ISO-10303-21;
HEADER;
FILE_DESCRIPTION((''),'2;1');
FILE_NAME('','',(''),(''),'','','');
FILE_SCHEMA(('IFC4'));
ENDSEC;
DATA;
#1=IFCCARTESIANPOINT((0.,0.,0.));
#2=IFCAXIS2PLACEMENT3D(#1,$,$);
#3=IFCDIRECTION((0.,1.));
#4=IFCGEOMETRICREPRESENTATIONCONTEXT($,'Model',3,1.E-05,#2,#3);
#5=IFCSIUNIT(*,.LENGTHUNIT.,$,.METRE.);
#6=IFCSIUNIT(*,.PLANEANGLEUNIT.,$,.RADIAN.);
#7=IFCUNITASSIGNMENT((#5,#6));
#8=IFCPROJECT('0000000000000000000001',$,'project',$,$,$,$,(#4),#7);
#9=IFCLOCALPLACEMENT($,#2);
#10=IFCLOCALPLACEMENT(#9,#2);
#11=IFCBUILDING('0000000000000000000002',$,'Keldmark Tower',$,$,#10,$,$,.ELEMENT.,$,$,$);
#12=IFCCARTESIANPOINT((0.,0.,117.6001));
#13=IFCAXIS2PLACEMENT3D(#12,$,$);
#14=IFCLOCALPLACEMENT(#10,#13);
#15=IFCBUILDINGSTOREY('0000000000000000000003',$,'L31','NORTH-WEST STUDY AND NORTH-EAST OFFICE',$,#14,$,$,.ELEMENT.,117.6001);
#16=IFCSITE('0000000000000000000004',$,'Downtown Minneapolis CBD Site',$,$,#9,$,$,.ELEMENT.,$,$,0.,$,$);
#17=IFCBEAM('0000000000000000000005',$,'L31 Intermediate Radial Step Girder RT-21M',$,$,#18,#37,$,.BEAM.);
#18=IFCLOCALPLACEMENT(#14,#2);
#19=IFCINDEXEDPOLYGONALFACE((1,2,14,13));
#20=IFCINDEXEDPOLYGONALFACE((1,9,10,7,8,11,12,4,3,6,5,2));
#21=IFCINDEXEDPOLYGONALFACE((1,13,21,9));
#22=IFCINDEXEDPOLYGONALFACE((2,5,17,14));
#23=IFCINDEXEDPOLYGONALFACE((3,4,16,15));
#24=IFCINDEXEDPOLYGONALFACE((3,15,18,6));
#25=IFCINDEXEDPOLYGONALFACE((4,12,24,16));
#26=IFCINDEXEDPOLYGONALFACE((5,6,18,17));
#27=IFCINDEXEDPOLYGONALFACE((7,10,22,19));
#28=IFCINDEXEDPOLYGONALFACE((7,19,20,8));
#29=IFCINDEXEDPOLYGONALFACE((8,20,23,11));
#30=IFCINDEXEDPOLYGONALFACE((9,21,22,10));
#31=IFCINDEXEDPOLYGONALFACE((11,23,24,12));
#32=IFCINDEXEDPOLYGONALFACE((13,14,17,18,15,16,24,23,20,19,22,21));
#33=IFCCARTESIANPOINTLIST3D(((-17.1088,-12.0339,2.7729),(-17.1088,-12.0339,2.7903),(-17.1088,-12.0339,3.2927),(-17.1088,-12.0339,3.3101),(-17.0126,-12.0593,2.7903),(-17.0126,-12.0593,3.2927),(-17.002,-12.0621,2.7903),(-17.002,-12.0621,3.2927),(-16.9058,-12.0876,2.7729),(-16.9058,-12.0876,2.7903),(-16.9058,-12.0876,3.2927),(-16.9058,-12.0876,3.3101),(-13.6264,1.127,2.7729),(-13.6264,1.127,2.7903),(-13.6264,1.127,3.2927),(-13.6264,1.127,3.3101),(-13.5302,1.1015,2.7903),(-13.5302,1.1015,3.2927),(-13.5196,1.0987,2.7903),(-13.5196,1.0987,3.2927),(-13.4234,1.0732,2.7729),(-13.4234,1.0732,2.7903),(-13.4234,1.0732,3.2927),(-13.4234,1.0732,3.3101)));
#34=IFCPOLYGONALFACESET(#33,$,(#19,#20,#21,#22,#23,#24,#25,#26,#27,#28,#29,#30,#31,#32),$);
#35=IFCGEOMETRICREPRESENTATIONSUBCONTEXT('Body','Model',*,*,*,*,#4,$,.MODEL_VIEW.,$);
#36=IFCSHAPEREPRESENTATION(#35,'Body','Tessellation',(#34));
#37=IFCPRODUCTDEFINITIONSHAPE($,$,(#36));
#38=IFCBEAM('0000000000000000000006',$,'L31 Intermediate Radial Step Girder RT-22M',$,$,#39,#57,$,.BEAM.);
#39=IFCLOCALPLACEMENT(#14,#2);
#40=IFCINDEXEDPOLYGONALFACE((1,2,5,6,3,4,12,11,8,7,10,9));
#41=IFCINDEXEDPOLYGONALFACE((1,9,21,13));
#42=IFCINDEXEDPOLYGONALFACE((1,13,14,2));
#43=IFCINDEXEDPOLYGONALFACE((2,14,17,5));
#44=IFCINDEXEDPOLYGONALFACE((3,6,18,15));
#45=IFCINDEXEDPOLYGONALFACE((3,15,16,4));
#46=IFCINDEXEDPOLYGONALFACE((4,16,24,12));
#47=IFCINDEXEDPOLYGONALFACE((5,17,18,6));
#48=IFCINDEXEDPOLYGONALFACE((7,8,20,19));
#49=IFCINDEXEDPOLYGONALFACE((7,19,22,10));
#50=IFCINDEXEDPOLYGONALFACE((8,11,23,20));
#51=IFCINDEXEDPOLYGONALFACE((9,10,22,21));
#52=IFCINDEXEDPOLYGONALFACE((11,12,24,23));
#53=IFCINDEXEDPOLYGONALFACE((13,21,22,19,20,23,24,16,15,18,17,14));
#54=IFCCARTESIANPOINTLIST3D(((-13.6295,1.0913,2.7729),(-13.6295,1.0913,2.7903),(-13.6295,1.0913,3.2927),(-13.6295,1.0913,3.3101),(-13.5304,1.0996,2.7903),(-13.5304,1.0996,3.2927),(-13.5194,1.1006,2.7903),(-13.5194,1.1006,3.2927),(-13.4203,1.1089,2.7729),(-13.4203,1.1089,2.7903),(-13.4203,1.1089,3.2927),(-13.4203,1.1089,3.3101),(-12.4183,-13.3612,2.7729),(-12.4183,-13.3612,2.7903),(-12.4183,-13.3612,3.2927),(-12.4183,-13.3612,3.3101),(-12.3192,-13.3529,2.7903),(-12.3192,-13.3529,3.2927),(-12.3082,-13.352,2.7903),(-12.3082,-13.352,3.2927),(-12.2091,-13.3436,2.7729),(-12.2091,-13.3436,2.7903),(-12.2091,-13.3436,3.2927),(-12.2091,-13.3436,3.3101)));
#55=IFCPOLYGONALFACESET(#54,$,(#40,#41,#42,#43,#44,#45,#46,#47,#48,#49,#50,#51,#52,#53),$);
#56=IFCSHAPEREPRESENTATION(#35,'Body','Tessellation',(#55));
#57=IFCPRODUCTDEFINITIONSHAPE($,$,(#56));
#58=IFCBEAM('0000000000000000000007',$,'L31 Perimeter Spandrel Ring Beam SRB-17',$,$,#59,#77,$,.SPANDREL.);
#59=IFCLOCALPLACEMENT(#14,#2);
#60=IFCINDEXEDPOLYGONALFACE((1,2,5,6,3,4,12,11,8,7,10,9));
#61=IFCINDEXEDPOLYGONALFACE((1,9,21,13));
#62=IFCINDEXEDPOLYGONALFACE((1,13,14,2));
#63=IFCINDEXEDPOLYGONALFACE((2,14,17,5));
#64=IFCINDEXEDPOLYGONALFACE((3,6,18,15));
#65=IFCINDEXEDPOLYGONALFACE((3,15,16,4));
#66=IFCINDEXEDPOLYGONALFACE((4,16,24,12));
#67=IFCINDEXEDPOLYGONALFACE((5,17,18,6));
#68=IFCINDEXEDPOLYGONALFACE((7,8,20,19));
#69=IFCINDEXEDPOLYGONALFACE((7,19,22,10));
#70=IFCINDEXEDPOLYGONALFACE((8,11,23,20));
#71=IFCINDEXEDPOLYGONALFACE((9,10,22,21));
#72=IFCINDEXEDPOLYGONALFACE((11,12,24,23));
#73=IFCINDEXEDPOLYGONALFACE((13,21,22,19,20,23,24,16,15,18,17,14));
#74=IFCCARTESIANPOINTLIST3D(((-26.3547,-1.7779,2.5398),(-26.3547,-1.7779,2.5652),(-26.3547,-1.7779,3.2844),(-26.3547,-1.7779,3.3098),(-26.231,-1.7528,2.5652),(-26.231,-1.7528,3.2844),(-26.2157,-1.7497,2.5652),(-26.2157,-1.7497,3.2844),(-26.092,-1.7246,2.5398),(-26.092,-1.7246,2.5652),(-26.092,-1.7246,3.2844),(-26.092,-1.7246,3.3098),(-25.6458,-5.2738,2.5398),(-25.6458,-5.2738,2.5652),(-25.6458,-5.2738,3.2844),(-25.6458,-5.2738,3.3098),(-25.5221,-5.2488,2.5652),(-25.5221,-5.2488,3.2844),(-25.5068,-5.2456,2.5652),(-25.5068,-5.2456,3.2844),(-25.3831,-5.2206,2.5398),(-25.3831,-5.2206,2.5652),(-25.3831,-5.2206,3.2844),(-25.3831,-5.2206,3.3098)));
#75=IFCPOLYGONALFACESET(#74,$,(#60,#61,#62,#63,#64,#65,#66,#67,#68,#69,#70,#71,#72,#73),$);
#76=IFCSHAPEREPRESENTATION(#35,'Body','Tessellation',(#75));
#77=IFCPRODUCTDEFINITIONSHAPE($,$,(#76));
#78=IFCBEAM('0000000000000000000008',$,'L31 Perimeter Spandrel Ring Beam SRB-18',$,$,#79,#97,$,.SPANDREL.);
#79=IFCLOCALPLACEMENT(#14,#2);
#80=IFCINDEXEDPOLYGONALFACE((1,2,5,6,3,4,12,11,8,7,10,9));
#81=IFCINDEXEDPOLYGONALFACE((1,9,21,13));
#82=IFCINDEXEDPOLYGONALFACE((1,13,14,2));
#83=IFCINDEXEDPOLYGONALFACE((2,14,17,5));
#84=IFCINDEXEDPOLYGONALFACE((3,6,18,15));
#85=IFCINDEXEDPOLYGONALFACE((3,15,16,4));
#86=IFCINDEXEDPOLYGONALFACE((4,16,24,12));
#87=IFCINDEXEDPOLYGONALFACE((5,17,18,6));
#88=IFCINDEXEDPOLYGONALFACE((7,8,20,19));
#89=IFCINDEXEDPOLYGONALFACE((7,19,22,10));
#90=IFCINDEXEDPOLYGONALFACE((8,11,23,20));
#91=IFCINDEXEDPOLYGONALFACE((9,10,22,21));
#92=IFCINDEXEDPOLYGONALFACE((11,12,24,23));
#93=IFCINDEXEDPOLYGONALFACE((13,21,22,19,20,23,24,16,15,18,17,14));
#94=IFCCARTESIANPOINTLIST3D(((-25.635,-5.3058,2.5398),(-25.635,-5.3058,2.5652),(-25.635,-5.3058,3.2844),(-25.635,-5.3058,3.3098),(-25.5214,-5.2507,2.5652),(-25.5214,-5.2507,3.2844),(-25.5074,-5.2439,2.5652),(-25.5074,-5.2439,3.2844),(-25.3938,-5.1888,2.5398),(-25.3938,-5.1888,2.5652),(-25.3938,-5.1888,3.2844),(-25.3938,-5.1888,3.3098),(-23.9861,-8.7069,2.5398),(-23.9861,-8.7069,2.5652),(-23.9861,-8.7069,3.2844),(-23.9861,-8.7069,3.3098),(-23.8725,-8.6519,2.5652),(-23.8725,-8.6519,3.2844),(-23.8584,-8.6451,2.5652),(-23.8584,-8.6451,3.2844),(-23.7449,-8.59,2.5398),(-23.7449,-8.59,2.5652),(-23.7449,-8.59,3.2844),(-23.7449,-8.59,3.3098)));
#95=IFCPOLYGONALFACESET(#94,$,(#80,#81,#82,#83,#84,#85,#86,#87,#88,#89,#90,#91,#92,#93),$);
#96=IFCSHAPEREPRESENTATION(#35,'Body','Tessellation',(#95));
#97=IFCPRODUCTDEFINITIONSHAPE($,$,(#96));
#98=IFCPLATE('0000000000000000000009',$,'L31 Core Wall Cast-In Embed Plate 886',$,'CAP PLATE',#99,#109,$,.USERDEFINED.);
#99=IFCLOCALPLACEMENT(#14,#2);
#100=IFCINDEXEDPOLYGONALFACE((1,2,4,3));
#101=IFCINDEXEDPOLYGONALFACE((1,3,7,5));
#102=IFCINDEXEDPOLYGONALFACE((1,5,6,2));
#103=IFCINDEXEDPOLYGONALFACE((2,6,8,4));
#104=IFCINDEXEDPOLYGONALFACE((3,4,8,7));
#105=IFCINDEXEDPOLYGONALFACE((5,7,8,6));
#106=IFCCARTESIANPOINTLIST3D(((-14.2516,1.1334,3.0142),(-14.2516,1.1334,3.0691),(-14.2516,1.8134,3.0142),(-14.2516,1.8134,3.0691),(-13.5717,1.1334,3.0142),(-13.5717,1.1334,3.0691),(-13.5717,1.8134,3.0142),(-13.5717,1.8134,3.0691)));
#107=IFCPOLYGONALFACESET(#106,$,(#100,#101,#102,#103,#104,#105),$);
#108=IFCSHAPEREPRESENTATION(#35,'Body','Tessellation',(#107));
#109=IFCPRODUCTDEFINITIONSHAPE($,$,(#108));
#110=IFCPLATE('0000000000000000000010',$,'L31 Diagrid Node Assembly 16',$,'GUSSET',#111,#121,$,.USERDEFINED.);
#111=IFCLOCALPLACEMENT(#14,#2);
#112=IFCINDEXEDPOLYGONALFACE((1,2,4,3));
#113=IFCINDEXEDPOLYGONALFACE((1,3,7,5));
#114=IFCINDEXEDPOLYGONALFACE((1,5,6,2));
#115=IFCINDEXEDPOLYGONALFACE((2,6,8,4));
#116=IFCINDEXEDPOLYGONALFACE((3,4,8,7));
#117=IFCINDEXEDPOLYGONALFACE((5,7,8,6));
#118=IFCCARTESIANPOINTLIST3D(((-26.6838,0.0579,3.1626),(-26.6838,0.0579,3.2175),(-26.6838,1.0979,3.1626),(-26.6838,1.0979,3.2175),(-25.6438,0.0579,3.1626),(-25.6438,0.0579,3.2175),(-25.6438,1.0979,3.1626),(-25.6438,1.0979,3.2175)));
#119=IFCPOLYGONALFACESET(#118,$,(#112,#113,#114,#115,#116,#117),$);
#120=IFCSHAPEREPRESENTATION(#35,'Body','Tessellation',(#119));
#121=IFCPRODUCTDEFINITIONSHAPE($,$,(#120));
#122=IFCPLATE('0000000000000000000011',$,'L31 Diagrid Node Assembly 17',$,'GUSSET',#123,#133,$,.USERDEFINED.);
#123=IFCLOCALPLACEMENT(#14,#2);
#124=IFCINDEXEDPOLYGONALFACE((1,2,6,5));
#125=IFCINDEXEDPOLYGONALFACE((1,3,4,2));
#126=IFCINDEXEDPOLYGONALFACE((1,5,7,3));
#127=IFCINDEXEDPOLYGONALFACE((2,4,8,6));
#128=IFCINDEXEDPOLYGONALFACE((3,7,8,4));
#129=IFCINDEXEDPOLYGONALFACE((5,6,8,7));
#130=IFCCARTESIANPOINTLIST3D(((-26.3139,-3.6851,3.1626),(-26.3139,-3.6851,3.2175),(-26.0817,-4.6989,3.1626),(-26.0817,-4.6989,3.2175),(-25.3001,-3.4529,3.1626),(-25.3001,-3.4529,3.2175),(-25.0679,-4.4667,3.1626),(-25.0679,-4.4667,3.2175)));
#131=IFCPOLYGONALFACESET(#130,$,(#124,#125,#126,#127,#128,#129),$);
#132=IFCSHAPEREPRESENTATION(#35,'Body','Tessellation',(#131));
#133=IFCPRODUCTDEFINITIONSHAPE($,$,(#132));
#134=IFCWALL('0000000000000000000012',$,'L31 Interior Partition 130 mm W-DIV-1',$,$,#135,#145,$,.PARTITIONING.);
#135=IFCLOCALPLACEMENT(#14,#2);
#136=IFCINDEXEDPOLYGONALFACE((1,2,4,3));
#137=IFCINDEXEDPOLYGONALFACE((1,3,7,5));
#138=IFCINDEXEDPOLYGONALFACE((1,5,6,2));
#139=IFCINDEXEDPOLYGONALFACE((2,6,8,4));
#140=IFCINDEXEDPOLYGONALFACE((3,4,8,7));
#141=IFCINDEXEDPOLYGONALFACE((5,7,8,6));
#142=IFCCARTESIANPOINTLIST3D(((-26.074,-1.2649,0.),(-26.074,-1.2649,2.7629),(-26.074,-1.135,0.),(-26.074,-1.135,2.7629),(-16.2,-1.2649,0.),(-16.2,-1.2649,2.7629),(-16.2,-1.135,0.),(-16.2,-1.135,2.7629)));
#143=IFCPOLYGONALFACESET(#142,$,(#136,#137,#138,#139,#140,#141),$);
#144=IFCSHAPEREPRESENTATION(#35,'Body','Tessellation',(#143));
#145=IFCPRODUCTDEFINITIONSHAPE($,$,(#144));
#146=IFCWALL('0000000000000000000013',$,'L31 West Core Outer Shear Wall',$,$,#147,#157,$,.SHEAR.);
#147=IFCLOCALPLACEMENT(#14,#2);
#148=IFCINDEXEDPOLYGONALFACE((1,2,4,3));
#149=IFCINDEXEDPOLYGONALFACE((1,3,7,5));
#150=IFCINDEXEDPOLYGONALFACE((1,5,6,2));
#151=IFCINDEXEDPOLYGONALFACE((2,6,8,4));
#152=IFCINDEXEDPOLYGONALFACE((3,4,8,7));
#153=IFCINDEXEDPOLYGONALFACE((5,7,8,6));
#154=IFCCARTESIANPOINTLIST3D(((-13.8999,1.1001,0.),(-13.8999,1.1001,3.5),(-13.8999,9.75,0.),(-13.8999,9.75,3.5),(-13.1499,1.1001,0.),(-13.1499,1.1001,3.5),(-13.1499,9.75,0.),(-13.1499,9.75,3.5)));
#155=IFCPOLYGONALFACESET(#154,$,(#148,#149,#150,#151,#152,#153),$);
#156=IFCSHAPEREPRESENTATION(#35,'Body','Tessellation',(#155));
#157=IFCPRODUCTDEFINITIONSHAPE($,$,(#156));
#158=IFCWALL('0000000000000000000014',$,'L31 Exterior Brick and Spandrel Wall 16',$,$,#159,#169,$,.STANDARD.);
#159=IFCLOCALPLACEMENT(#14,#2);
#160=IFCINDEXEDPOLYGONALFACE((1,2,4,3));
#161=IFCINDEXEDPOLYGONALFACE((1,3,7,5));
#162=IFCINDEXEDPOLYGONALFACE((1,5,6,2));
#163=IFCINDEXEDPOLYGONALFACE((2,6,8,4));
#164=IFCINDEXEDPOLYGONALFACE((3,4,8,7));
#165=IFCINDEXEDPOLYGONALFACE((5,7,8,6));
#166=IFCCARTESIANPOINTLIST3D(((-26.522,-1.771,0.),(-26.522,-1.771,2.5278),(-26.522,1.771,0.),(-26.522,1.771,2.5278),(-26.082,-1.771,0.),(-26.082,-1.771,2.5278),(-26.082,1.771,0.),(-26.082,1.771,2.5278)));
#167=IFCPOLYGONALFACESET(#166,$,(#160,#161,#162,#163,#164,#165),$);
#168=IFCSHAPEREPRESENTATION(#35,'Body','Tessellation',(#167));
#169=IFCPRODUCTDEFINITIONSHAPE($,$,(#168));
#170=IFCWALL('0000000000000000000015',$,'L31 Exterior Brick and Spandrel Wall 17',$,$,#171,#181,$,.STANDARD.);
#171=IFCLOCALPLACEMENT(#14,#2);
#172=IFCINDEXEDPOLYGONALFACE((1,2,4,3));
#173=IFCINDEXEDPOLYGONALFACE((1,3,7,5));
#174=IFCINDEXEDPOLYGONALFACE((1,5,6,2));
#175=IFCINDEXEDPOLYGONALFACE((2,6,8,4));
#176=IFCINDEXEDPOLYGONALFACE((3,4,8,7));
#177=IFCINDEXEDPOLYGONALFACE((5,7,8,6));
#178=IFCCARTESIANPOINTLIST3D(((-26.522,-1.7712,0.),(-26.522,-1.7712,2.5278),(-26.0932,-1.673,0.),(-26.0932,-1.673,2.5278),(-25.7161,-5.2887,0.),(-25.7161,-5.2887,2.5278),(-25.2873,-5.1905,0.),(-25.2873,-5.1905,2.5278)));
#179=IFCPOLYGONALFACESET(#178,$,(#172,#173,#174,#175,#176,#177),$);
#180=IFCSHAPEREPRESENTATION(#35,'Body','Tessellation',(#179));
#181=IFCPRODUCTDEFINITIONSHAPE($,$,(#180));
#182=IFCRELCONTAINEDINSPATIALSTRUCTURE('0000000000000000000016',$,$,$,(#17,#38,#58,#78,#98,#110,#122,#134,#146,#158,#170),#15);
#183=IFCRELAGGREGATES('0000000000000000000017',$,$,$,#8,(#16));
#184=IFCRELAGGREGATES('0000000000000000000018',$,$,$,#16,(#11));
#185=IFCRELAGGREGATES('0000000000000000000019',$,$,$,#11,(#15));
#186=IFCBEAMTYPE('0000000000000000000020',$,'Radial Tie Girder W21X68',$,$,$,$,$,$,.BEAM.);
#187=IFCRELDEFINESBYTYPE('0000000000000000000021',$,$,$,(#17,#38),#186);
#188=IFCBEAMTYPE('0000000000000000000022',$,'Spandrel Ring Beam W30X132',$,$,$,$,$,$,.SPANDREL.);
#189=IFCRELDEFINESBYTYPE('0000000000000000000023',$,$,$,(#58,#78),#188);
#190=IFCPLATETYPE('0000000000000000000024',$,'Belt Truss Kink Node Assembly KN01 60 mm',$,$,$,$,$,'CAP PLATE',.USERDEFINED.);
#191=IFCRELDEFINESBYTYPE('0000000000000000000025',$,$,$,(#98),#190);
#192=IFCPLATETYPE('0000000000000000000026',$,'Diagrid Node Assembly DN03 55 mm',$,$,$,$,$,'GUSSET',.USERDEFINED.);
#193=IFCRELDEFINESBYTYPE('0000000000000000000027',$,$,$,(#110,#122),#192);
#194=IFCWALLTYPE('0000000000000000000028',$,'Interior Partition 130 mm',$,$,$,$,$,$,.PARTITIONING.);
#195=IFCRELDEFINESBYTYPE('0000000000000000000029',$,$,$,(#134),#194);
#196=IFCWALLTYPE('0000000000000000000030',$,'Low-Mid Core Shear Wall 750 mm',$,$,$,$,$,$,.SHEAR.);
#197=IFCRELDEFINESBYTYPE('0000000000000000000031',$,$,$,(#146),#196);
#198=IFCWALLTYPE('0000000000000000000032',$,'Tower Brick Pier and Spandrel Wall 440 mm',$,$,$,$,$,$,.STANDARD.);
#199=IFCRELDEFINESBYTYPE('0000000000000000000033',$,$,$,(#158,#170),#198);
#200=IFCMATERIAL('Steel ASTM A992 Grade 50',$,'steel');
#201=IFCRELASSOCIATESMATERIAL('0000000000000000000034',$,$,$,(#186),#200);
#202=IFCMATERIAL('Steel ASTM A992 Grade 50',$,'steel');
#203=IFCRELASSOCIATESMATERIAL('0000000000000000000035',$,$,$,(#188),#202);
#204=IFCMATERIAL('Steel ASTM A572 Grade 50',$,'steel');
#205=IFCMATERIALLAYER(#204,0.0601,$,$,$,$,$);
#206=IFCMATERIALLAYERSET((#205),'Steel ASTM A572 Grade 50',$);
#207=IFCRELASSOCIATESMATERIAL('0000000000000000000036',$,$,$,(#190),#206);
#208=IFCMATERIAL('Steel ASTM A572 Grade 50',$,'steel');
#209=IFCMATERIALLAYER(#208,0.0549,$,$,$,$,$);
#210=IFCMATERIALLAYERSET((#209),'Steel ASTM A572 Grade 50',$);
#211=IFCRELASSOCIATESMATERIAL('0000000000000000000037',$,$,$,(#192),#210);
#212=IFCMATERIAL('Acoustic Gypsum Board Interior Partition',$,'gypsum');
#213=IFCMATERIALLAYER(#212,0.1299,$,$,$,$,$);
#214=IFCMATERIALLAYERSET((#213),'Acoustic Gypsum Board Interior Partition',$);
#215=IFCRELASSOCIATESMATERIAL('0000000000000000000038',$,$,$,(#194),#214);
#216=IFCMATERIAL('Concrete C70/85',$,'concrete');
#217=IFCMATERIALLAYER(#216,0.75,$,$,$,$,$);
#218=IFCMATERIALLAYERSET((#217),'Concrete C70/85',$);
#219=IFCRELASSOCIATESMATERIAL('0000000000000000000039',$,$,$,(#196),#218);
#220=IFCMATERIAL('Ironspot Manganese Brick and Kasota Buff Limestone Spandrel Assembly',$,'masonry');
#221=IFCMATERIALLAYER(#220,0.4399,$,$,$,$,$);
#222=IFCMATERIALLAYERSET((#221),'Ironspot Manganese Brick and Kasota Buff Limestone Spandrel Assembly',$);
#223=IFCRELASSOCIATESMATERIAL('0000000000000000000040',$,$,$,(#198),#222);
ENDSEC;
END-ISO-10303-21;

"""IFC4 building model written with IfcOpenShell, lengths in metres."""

from ifc_helpers import new_model, si_unit, direction, frame, frame_2d, origin, origin_2d, place, context, subcontext, project, spatial, rectangle, i_section, extrude, material, layer, layer_set, material_profile, profile_set, type_object, element, save


model = new_model("IFC4")

# Units and contexts
model_context = context("Model", 3, precision=1e-05, world=origin(), true_north=direction((0.0, 1.0)))
body_context = subcontext(model_context, "Body", "Model", "MODEL_VIEW")
ifc_project = project(units=[si_unit("LENGTHUNIT", "METRE"), si_unit("PLANEANGLEUNIT", "RADIAN")], contexts=[model_context])

# Site, building, storey
site_placement = place(None, origin())
site = spatial("IfcSite", under=ifc_project, at=site_placement, Name="Downtown Minneapolis CBD Site", CompositionType="ELEMENT", RefElevation=0.0)
building_placement = place(site_placement, origin())
building = spatial("IfcBuilding", under=site, at=building_placement, Name="Keldmark Tower", CompositionType="ELEMENT")
storey_placement = place(building_placement, frame((0.0, 0.0, 117.6001)))
storey = spatial("IfcBuildingStorey", under=building, at=storey_placement, Name="L31", Description="NORTH-WEST STUDY AND NORTH-EAST OFFICE", CompositionType="ELEMENT", Elevation=117.6001)

# Beams
ifc_material_1 = material(Name="Steel ASTM A992 Grade 50", Category="steel")
ifc_material_profile_1 = material_profile(ifc_material_1, i_section(OverallWidth=0.21, OverallDepth=0.5371, WebThickness=0.011, FlangeThickness=0.0173, at=origin_2d()), Name="W21X68")
ifc_profile_set_1 = profile_set([ifc_material_profile_1], Name="Steel ASTM A992 Grade 50")
beam_type_1 = type_object("IfcBeamType", Name="Radial Tie Girder W21X68", PredefinedType="BEAM", material=ifc_profile_set_1)
beam_1_placement = place(storey_placement, frame((-13.5249, 1.1001, 3.0415), z_axis=(-0.2558, -0.96673, 0.0), x_axis=(0.96673, -0.2558, 0.0)))
element("IfcBeam", 1, at=beam_1_placement, inside=storey, type_object=beam_type_1, Name="L31 Intermediate Radial Step Girder RT-21M", PredefinedType="BEAM", context=body_context, shape_type="SweptSolid", body=[
    extrude(i_section(OverallWidth=0.21, OverallDepth=0.5371, WebThickness=0.011, FlangeThickness=0.0173, at=origin_2d()), origin(), (0.0, 0.0, 1.0), 13.6138),
])
beam_2_placement = place(storey_placement, frame((-13.5249, 1.1001, 3.0415), z_axis=(0.083512, -0.996507, 0.0), x_axis=(0.996507, 0.083512, 0.0)))
element("IfcBeam", 2, at=beam_2_placement, inside=storey, type_object=beam_type_1, Name="L31 Intermediate Radial Step Girder RT-22M", PredefinedType="BEAM", context=body_context, shape_type="SweptSolid", body=[
    extrude(i_section(OverallWidth=0.21, OverallDepth=0.5371, WebThickness=0.011, FlangeThickness=0.0173, at=origin_2d()), origin(), (0.0, 0.0, 1.0), 14.5032),
])
ifc_material_2 = material(Name="Steel ASTM A992 Grade 50", Category="steel")
ifc_material_profile_2 = material_profile(ifc_material_2, i_section(OverallWidth=0.2681, OverallDepth=0.77, WebThickness=0.0156, FlangeThickness=0.0254, at=origin_2d()), Name="W30X132")
ifc_profile_set_2 = profile_set([ifc_material_profile_2], Name="Steel ASTM A992 Grade 50")
beam_type_2 = type_object("IfcBeamType", Name="Spandrel Ring Beam W30X132", PredefinedType="SPANDREL", material=ifc_profile_set_2)
beam_3_placement = place(storey_placement, frame((-26.2234, -1.7512, 2.9248), z_axis=(0.198748, -0.980051, 0.0), x_axis=(0.980051, 0.198748, 0.0)))
element("IfcBeam", 3, at=beam_3_placement, inside=storey, type_object=beam_type_2, Name="L31 Perimeter Spandrel Ring Beam SRB-17", PredefinedType="SPANDREL", context=body_context, shape_type="SweptSolid", body=[
    extrude(i_section(OverallWidth=0.2681, OverallDepth=0.77, WebThickness=0.0156, FlangeThickness=0.0254, at=origin_2d()), origin(), (0.0, 0.0, 1.0), 3.5671),
])
beam_4_placement = place(storey_placement, frame((-25.5144, -5.2473, 2.9248), z_axis=(0.436251, -0.899825, 0.0), x_axis=(0.899825, 0.436251, 0.0)))
element("IfcBeam", 4, at=beam_4_placement, inside=storey, type_object=beam_type_2, Name="L31 Perimeter Spandrel Ring Beam SRB-18", PredefinedType="SPANDREL", context=body_context, shape_type="SweptSolid", body=[
    extrude(i_section(OverallWidth=0.2681, OverallDepth=0.77, WebThickness=0.0156, FlangeThickness=0.0254, at=origin_2d()), origin(), (0.0, 0.0, 1.0), 3.7798),
])

# Plates
ifc_material_3 = material(Name="Steel ASTM A572 Grade 50", Category="steel")
ifc_layer_1 = layer(ifc_material_3, 0.0601)
ifc_layer_set_1 = layer_set([ifc_layer_1], Name="Steel ASTM A572 Grade 50")
plate_type_1 = type_object("IfcPlateType", Name="Belt Truss Kink Node Assembly KN01 60 mm", ElementType="CAP PLATE", PredefinedType="USERDEFINED", material=ifc_layer_set_1)
plate_placement = place(storey_placement, frame((-13.9116, 1.4734, 3.0142), z_axis=(0.0, 0.0, 1.0), x_axis=(1.0, 0.0, 0.0)))
element("IfcPlate", 5, at=plate_placement, inside=storey, type_object=plate_type_1, Name="L31 Core Wall Cast-In Embed Plate 886", ObjectType="CAP PLATE", PredefinedType="USERDEFINED", context=body_context, shape_type="SweptSolid", body=[
    extrude(rectangle(XDim=0.6799, YDim=0.6799, at=origin_2d()), origin(), (0.0, 0.0, 1.0), 0.0549),
])
ifc_material_4 = material(Name="Steel ASTM A572 Grade 50", Category="steel")
ifc_layer_2 = layer(ifc_material_4, 0.0549)
ifc_layer_set_2 = layer_set([ifc_layer_2], Name="Steel ASTM A572 Grade 50")
plate_type_2 = type_object("IfcPlateType", Name="Diagrid Node Assembly DN03 55 mm", ElementType="GUSSET", PredefinedType="USERDEFINED", material=ifc_layer_set_2)
for number, where, z_axis, x_axis, name in (
    (6, (-26.1638, 0.5779, 3.1626), (0.0, 0.0, 1.0), (0.0, -1.0, 0.0), "L31 Diagrid Node Assembly 16"),
    (7, (-25.6909, -4.0759, 3.1626), (0.0, 0.0, 1.0), (0.22325, -0.974761, 0.0), "L31 Diagrid Node Assembly 17"),
):
    element("IfcPlate", number, at=place(storey_placement, frame(where, z_axis=z_axis, x_axis=x_axis)), inside=storey, type_object=plate_type_2, Name=name, ObjectType="GUSSET", PredefinedType="USERDEFINED", context=body_context, shape_type="SweptSolid", body=[
        extrude(rectangle(XDim=1.04, YDim=1.04, at=origin_2d()), origin(), (0.0, 0.0, 1.0), 0.0549),
    ])

# Walls
ifc_material_5 = material(Name="Acoustic Gypsum Board Interior Partition", Category="gypsum")
ifc_layer_3 = layer(ifc_material_5, 0.1299)
ifc_layer_set_3 = layer_set([ifc_layer_3], Name="Acoustic Gypsum Board Interior Partition")
wall_type_1 = type_object("IfcWallType", Name="Interior Partition 130 mm", PredefinedType="PARTITIONING", material=ifc_layer_set_3)
wall_1_placement = place(storey_placement, frame((-26.074, -1.2, 0.0), z_axis=(0.0, 0.0, 1.0), x_axis=(1.0, 0.0, 0.0)))
element("IfcWall", 8, at=wall_1_placement, inside=storey, type_object=wall_type_1, Name="L31 Interior Partition 130 mm W-DIV-1", PredefinedType="PARTITIONING", context=body_context, shape_type="SweptSolid", body=[
    extrude(rectangle(XDim=9.874, YDim=0.1299, at=frame_2d((4.937, 0.0))), origin(), (0.0, 0.0, 1.0), 2.7629),
])
ifc_material_6 = material(Name="Concrete C70/85", Category="concrete")
ifc_layer_4 = layer(ifc_material_6, 0.75)
ifc_layer_set_4 = layer_set([ifc_layer_4], Name="Concrete C70/85")
wall_type_2 = type_object("IfcWallType", Name="Low-Mid Core Shear Wall 750 mm", PredefinedType="SHEAR", material=ifc_layer_set_4)
wall_2_placement = place(storey_placement, frame((-13.5249, 1.1001, 0.0), z_axis=(0.0, 0.0, 1.0), x_axis=(0.0, 1.0, 0.0)))
element("IfcWall", 9, at=wall_2_placement, inside=storey, type_object=wall_type_2, Name="L31 West Core Outer Shear Wall", PredefinedType="SHEAR", context=body_context, shape_type="SweptSolid", body=[
    extrude(rectangle(XDim=8.6499, YDim=0.75, at=frame_2d((4.325, 0.0))), origin(), (0.0, 0.0, 1.0), 3.5),
])
ifc_material_7 = material(Name="Ironspot Manganese Brick and Kasota Buff Limestone Spandrel Assembly", Category="masonry")
ifc_layer_5 = layer(ifc_material_7, 0.4399)
ifc_layer_set_5 = layer_set([ifc_layer_5], Name="Ironspot Manganese Brick and Kasota Buff Limestone Spandrel Assembly")
wall_type_3 = type_object("IfcWallType", Name="Tower Brick Pier and Spandrel Wall 440 mm", PredefinedType="STANDARD", material=ifc_layer_set_5)
wall_3_placement = place(storey_placement, frame((-26.302, -1.771, 0.0), z_axis=(0.0, 0.0, 1.0), x_axis=(0.0, 1.0, 0.0)))
element("IfcWall", 10, at=wall_3_placement, inside=storey, type_object=wall_type_3, Name="L31 Exterior Brick and Spandrel Wall 16", PredefinedType="STANDARD", context=body_context, shape_type="SweptSolid", body=[
    extrude(rectangle(XDim=3.542, YDim=0.4399, at=frame_2d((1.771, 0.0))), origin(), (0.0, 0.0, 1.0), 2.5278),
])
wall_4_placement = place(storey_placement, frame((-25.5017, -5.2395, 0.0), z_axis=(0.0, 0.0, 1.0), x_axis=(-0.223323, 0.974745, 0.0)))
element("IfcWall", 11, at=wall_4_placement, inside=storey, type_object=wall_type_3, Name="L31 Exterior Brick and Spandrel Wall 17", PredefinedType="STANDARD", context=body_context, shape_type="SweptSolid", body=[
    extrude(rectangle(XDim=3.6086, YDim=0.4399, at=frame_2d((1.8042, 0.0))), origin(), (0.0, 0.0, 1.0), 2.5278),
])

save(model, "model.ifc")
